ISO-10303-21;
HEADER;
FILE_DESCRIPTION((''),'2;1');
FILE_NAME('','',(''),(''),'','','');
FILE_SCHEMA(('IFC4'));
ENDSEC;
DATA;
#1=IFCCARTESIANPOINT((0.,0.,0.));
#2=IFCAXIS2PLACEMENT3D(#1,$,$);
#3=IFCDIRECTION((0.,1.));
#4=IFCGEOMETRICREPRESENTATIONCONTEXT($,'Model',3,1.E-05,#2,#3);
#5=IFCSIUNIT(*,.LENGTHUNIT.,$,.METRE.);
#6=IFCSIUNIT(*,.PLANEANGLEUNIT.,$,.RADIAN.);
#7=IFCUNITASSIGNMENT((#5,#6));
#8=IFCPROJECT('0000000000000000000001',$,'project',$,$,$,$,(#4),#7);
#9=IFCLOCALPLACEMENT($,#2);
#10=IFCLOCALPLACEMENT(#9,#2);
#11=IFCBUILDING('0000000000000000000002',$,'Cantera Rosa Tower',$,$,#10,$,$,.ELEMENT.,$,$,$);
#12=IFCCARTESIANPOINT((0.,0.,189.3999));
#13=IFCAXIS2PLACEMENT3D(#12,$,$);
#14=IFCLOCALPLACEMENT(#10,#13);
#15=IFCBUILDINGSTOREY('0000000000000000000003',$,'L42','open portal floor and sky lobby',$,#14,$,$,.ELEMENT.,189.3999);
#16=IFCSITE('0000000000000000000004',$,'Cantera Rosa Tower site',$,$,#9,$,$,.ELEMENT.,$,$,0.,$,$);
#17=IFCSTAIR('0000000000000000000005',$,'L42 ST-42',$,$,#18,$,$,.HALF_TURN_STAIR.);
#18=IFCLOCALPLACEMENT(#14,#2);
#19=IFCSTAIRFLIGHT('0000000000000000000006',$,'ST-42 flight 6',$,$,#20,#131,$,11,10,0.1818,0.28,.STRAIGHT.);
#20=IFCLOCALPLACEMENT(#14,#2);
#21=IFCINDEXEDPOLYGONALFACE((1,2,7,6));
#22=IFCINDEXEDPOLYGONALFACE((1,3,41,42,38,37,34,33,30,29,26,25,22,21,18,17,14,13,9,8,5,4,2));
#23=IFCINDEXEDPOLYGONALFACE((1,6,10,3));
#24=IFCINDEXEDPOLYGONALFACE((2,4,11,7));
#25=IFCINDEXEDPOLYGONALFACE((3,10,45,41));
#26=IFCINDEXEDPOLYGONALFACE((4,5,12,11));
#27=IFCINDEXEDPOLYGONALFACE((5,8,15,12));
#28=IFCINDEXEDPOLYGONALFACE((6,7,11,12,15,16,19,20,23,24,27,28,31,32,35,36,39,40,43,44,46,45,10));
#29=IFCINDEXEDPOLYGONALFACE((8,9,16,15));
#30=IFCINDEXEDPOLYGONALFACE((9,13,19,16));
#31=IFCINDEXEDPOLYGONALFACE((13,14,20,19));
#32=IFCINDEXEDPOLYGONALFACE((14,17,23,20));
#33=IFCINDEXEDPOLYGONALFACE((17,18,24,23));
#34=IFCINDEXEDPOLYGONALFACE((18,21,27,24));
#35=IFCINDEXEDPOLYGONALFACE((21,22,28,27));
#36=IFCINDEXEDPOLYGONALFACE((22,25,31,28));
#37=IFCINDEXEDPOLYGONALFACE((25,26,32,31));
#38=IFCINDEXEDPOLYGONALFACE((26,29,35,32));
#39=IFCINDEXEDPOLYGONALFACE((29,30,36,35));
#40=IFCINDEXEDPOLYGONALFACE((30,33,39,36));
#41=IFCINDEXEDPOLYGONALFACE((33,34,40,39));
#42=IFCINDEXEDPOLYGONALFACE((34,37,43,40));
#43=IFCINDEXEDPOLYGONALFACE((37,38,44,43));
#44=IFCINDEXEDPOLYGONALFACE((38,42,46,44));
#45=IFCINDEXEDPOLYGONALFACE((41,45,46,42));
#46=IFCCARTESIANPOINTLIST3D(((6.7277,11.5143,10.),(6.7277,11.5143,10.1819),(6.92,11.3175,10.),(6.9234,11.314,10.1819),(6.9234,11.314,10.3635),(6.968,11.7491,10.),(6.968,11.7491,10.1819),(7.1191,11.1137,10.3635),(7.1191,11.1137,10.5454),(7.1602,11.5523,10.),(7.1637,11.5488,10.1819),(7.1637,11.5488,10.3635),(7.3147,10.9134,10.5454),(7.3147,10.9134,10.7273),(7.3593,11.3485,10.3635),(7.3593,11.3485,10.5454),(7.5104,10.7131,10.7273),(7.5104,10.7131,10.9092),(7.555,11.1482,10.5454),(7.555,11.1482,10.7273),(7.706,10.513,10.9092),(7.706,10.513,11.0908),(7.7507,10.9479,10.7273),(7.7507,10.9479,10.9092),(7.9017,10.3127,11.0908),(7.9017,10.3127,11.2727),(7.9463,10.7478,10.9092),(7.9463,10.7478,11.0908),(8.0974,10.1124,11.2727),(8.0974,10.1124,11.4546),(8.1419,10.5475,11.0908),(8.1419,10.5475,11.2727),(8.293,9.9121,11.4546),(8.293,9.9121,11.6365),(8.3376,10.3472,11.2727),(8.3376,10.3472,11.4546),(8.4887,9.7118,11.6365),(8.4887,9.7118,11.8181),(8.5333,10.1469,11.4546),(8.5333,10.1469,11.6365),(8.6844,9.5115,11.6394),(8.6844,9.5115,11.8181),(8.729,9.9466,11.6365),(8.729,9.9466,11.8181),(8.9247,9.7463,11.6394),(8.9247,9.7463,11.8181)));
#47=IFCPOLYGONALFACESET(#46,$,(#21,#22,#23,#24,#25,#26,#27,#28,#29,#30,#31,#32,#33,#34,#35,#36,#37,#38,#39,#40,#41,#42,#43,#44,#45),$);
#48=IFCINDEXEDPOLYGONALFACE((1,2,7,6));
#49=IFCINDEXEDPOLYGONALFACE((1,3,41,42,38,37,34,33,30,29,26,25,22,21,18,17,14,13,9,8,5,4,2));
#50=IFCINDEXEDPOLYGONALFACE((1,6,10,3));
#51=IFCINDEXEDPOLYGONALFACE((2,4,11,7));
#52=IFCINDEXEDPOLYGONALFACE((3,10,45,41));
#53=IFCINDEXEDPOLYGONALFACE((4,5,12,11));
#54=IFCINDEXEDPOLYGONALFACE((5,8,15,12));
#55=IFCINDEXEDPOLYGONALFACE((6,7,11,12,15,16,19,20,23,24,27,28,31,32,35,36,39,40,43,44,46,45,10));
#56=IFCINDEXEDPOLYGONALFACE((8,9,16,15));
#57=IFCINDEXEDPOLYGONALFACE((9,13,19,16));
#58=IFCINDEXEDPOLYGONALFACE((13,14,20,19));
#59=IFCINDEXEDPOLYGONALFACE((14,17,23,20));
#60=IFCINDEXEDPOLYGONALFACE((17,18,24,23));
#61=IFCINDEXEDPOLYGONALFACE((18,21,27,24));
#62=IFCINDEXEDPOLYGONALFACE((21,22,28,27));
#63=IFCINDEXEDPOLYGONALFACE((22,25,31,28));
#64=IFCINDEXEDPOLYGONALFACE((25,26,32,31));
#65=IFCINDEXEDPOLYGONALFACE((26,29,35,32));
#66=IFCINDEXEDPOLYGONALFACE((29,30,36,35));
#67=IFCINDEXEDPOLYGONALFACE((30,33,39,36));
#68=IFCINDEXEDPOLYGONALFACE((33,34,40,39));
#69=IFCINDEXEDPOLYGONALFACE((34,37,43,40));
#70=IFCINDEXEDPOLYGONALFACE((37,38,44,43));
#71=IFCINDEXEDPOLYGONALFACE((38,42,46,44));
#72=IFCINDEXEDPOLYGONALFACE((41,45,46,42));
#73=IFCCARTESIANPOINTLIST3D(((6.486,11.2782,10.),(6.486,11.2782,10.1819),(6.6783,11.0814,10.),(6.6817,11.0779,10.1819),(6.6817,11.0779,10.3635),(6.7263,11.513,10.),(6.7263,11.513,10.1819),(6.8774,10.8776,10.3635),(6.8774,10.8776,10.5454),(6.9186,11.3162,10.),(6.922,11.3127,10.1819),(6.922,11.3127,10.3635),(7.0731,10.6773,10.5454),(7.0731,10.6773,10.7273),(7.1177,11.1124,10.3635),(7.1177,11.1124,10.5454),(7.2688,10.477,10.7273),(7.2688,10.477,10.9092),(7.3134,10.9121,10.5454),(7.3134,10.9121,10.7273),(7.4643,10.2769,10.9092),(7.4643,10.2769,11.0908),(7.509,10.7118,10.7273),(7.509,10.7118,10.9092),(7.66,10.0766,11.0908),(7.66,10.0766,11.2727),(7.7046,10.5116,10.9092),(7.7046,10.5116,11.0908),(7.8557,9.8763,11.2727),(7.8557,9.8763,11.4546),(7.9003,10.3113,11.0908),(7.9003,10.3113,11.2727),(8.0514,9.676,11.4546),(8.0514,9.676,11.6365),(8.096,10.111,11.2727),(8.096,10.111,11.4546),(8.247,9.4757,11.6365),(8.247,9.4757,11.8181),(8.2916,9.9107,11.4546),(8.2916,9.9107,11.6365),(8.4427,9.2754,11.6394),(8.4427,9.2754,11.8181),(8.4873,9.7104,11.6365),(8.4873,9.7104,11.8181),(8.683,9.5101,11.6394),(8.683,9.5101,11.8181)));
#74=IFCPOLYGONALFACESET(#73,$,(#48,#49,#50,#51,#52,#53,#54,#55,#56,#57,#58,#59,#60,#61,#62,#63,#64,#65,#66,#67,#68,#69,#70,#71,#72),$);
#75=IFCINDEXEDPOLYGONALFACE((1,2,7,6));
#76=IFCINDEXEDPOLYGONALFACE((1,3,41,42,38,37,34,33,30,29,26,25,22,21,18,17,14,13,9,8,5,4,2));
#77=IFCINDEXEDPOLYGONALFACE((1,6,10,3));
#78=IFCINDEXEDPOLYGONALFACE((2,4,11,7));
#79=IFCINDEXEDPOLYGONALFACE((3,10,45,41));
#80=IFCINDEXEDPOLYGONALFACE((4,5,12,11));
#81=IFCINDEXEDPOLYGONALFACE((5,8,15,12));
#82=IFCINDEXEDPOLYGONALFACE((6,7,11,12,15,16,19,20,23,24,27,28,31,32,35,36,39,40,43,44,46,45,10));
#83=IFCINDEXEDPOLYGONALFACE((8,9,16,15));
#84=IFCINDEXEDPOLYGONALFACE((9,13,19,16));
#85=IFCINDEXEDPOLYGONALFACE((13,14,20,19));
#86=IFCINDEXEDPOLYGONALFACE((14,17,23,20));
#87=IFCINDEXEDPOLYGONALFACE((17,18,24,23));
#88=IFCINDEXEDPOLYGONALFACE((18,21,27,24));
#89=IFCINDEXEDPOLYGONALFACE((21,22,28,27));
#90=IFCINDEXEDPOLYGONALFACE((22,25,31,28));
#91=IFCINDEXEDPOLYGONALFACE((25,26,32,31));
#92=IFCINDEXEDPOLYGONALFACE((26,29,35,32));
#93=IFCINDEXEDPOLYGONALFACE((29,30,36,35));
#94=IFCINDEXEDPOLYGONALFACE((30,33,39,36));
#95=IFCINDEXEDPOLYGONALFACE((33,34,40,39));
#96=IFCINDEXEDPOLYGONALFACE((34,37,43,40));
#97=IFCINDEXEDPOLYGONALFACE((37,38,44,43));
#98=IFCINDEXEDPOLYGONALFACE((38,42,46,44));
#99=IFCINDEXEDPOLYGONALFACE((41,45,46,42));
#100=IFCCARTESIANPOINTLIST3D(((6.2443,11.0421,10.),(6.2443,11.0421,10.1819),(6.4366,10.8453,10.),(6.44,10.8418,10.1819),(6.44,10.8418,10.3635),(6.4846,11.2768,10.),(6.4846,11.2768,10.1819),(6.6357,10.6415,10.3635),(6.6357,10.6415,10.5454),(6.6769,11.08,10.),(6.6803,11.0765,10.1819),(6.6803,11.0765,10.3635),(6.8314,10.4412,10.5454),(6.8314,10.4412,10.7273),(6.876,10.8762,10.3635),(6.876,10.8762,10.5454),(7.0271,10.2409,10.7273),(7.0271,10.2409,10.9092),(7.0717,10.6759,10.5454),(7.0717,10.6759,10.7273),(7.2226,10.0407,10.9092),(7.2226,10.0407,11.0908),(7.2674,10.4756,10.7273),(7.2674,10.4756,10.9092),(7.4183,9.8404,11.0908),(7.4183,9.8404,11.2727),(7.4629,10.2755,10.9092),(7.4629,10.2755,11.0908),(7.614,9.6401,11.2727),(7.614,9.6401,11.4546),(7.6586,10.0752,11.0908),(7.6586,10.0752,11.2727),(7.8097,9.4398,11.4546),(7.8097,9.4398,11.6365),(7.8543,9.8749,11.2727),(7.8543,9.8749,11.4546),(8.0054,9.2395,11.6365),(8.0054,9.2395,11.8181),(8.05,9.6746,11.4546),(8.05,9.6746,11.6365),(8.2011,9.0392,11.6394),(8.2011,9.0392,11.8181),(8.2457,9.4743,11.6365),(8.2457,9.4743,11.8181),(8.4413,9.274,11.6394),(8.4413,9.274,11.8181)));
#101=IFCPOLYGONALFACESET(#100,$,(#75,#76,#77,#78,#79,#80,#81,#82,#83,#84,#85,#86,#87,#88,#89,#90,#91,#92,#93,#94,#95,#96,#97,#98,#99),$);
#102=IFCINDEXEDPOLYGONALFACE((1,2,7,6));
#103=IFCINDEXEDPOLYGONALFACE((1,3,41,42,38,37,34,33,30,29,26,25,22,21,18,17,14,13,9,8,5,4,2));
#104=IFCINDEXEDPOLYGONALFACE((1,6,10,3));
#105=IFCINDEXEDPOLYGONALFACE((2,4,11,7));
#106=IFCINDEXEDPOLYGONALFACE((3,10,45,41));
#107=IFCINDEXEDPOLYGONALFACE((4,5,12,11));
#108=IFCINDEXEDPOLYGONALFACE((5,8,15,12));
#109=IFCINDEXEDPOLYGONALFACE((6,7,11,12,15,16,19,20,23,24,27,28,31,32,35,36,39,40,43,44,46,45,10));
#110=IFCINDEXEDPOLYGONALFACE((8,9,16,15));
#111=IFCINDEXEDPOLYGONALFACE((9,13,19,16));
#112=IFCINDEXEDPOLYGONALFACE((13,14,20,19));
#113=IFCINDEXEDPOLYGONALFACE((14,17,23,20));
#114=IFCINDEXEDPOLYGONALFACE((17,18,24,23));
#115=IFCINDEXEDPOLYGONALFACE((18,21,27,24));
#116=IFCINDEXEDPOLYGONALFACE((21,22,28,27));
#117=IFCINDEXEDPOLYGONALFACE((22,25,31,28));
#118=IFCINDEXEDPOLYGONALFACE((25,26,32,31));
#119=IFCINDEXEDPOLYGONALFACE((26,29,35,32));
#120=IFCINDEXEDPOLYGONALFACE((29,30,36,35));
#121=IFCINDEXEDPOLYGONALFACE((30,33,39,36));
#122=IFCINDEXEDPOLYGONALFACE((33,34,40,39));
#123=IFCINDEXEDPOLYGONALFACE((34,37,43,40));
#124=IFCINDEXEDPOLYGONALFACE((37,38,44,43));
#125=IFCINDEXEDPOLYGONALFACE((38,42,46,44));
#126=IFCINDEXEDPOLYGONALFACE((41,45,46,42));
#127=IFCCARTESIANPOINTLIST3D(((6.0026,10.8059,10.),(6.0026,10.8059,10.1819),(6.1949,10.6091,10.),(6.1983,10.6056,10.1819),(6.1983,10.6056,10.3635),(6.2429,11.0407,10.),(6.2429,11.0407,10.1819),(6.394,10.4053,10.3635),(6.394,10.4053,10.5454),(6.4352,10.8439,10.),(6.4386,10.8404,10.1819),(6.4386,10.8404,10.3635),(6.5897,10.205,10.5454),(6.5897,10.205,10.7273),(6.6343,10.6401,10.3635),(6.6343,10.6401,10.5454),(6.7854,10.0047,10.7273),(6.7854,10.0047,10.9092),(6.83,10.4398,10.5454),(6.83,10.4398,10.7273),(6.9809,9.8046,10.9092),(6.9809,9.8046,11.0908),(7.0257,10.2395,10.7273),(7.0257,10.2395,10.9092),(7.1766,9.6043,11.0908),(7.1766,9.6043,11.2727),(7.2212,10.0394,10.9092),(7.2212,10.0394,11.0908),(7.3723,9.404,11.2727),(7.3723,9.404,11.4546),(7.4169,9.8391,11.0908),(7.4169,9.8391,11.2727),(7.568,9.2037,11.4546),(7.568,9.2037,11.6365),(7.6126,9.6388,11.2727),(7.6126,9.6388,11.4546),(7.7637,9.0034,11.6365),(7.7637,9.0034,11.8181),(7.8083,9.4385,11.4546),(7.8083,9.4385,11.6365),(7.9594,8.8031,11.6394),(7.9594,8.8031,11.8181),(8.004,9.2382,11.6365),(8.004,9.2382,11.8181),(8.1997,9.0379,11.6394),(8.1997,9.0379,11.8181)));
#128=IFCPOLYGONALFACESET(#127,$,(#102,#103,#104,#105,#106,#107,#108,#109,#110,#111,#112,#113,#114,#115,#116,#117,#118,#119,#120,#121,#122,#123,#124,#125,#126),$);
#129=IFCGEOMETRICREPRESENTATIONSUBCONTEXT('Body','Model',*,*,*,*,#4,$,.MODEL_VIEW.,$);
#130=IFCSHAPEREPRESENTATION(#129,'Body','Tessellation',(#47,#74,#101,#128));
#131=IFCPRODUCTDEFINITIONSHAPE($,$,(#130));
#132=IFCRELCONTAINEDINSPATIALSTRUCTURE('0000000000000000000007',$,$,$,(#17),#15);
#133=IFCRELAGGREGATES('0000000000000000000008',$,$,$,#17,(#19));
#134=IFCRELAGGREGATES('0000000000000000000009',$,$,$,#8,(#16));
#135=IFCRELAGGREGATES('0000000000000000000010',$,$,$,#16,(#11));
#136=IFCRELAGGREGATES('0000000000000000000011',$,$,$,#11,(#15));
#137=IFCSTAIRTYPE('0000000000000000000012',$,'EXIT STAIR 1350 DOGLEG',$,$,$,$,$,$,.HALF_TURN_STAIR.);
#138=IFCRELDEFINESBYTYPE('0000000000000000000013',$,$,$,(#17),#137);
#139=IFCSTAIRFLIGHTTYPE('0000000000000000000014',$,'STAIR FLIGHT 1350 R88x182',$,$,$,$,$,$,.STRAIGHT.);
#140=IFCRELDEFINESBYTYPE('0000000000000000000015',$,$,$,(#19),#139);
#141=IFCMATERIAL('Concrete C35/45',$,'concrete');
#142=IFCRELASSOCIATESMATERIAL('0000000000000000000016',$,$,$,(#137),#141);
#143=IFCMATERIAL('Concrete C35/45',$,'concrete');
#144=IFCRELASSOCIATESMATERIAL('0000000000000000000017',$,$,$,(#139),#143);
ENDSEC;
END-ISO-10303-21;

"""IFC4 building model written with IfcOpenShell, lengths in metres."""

from ifc_helpers import new_model, si_unit, direction, frame, origin, place, context, subcontext, project, spatial, polyline, outline, extrude, material, type_object, element, aggregate, save


model = new_model("IFC4")

# Units and contexts
model_context = context("Model", 3, precision=1e-05, world=origin(), true_north=direction((0.0, 1.0)))
body_context = subcontext(model_context, "Body", "Model", "MODEL_VIEW")
ifc_project = project(units=[si_unit("LENGTHUNIT", "METRE"), si_unit("PLANEANGLEUNIT", "RADIAN")], contexts=[model_context])

# Site, building, storey
site_placement = place(None, origin())
site = spatial("IfcSite", under=ifc_project, at=site_placement, Name="Cantera Rosa Tower site", CompositionType="ELEMENT", RefElevation=0.0)
building_placement = place(site_placement, origin())
building = spatial("IfcBuilding", under=site, at=building_placement, Name="Cantera Rosa Tower", CompositionType="ELEMENT")
storey_placement = place(building_placement, frame((0.0, 0.0, 189.3999)))
storey = spatial("IfcBuildingStorey", under=building, at=storey_placement, Name="L42", Description="open portal floor and sky lobby", CompositionType="ELEMENT", Elevation=189.3999)

# Stair, stair flight
ifc_material_1 = material(Name="Concrete C35/45", Category="concrete")
stair_type = type_object("IfcStairType", Name="EXIT STAIR 1350 DOGLEG", PredefinedType="HALF_TURN_STAIR", material=ifc_material_1)
stair_placement = place(storey_placement, origin())
stair = element("IfcStair", 1, at=stair_placement, inside=storey, type_object=stair_type, Name="L42 ST-42", PredefinedType="HALF_TURN_STAIR")
ifc_material_2 = material(Name="Concrete C35/45", Category="concrete")
stair_flight_type = type_object("IfcStairFlightType", Name="STAIR FLIGHT 1350 R88x182", PredefinedType="STRAIGHT", material=ifc_material_2)
stair_flight_1_placement = place(storey_placement, frame((6.4851, 11.2773, 10.0), z_axis=(0.0, 0.0, 1.0), x_axis=(0.698832, -0.715286, 0.0)))
stair_flight_1 = element("IfcStairFlight", 2, at=stair_flight_1_placement, type_object=stair_flight_type, Name="ST-42 flight 6", NumberOfRisers=11, NumberOfTreads=10, PredefinedType="STRAIGHT", RiserHeight=0.1818, TreadLength=0.28, context=body_context, shape_type="SweptSolid", body=[
    extrude(outline(polyline([(0.0, 0.0), (0.0, 0.1819), (0.28, 0.1819), (0.28, 0.3635), (0.5601, 0.3635), (0.5601, 0.5454), (0.8401, 0.5454), (0.8401, 0.7273), (1.1201, 0.7273), (1.1201, 0.9092), (1.3999, 0.9092), (1.3999, 1.0908), (1.6799, 1.0908), (1.6799, 1.2727), (1.96, 1.2727), (1.96, 1.4546), (2.24, 1.4546), (2.24, 1.6365), (2.52, 1.6365), (2.52, 1.8181), (2.8, 1.8181), (2.8, 2.0), (2.8, 1.6394), (0.2751, 0.0), (0.0, 0.0)])), frame((0.0, 0.675, 0.0), z_axis=(0.0, -1.0, 0.0), x_axis=(1.0, 0.0, 0.0)), (0.0, 0.0, 1.0), 0.3359),
    extrude(outline(polyline([(0.0, 0.0), (0.0, 0.1819), (0.28, 0.1819), (0.28, 0.3635), (0.5601, 0.3635), (0.5601, 0.5454), (0.8401, 0.5454), (0.8401, 0.7273), (1.1201, 0.7273), (1.1201, 0.9092), (1.3999, 0.9092), (1.3999, 1.0908), (1.6799, 1.0908), (1.6799, 1.2727), (1.96, 1.2727), (1.96, 1.4546), (2.24, 1.4546), (2.24, 1.6365), (2.52, 1.6365), (2.52, 1.8181), (2.8, 1.8181), (2.8, 2.0), (2.8, 1.6394), (0.2751, 0.0), (0.0, 0.0)])), frame((0.0, 0.3372, 0.0), z_axis=(0.0, -1.0, 0.0), x_axis=(1.0, 0.0, 0.0)), (0.0, 0.0, 1.0), 0.3359),
    extrude(outline(polyline([(0.0, 0.0), (0.0, 0.1819), (0.28, 0.1819), (0.28, 0.3635), (0.5601, 0.3635), (0.5601, 0.5454), (0.8401, 0.5454), (0.8401, 0.7273), (1.1201, 0.7273), (1.1201, 0.9092), (1.3999, 0.9092), (1.3999, 1.0908), (1.6799, 1.0908), (1.6799, 1.2727), (1.96, 1.2727), (1.96, 1.4546), (2.24, 1.4546), (2.24, 1.6365), (2.52, 1.6365), (2.52, 1.8181), (2.8, 1.8181), (2.8, 2.0), (2.8, 1.6394), (0.2751, 0.0), (0.0, 0.0)])), frame((0.0, -0.0007, 0.0), z_axis=(0.0, -1.0, 0.0), x_axis=(1.0, 0.0, 0.0)), (0.0, 0.0, 1.0), 0.3359),
    extrude(outline(polyline([(0.0, 0.0), (0.0, 0.1819), (0.28, 0.1819), (0.28, 0.3635), (0.5601, 0.3635), (0.5601, 0.5454), (0.8401, 0.5454), (0.8401, 0.7273), (1.1201, 0.7273), (1.1201, 0.9092), (1.3999, 0.9092), (1.3999, 1.0908), (1.6799, 1.0908), (1.6799, 1.2727), (1.96, 1.2727), (1.96, 1.4546), (2.24, 1.4546), (2.24, 1.6365), (2.52, 1.6365), (2.52, 1.8181), (2.8, 1.8181), (2.8, 2.0), (2.8, 1.6394), (0.2751, 0.0), (0.0, 0.0)])), frame((0.0, -0.3386, 0.0), z_axis=(0.0, -1.0, 0.0), x_axis=(1.0, 0.0, 0.0)), (0.0, 0.0, 1.0), 0.3359),
])
aggregate(stair, [stair_flight_1])

save(model, "model.ifc")
